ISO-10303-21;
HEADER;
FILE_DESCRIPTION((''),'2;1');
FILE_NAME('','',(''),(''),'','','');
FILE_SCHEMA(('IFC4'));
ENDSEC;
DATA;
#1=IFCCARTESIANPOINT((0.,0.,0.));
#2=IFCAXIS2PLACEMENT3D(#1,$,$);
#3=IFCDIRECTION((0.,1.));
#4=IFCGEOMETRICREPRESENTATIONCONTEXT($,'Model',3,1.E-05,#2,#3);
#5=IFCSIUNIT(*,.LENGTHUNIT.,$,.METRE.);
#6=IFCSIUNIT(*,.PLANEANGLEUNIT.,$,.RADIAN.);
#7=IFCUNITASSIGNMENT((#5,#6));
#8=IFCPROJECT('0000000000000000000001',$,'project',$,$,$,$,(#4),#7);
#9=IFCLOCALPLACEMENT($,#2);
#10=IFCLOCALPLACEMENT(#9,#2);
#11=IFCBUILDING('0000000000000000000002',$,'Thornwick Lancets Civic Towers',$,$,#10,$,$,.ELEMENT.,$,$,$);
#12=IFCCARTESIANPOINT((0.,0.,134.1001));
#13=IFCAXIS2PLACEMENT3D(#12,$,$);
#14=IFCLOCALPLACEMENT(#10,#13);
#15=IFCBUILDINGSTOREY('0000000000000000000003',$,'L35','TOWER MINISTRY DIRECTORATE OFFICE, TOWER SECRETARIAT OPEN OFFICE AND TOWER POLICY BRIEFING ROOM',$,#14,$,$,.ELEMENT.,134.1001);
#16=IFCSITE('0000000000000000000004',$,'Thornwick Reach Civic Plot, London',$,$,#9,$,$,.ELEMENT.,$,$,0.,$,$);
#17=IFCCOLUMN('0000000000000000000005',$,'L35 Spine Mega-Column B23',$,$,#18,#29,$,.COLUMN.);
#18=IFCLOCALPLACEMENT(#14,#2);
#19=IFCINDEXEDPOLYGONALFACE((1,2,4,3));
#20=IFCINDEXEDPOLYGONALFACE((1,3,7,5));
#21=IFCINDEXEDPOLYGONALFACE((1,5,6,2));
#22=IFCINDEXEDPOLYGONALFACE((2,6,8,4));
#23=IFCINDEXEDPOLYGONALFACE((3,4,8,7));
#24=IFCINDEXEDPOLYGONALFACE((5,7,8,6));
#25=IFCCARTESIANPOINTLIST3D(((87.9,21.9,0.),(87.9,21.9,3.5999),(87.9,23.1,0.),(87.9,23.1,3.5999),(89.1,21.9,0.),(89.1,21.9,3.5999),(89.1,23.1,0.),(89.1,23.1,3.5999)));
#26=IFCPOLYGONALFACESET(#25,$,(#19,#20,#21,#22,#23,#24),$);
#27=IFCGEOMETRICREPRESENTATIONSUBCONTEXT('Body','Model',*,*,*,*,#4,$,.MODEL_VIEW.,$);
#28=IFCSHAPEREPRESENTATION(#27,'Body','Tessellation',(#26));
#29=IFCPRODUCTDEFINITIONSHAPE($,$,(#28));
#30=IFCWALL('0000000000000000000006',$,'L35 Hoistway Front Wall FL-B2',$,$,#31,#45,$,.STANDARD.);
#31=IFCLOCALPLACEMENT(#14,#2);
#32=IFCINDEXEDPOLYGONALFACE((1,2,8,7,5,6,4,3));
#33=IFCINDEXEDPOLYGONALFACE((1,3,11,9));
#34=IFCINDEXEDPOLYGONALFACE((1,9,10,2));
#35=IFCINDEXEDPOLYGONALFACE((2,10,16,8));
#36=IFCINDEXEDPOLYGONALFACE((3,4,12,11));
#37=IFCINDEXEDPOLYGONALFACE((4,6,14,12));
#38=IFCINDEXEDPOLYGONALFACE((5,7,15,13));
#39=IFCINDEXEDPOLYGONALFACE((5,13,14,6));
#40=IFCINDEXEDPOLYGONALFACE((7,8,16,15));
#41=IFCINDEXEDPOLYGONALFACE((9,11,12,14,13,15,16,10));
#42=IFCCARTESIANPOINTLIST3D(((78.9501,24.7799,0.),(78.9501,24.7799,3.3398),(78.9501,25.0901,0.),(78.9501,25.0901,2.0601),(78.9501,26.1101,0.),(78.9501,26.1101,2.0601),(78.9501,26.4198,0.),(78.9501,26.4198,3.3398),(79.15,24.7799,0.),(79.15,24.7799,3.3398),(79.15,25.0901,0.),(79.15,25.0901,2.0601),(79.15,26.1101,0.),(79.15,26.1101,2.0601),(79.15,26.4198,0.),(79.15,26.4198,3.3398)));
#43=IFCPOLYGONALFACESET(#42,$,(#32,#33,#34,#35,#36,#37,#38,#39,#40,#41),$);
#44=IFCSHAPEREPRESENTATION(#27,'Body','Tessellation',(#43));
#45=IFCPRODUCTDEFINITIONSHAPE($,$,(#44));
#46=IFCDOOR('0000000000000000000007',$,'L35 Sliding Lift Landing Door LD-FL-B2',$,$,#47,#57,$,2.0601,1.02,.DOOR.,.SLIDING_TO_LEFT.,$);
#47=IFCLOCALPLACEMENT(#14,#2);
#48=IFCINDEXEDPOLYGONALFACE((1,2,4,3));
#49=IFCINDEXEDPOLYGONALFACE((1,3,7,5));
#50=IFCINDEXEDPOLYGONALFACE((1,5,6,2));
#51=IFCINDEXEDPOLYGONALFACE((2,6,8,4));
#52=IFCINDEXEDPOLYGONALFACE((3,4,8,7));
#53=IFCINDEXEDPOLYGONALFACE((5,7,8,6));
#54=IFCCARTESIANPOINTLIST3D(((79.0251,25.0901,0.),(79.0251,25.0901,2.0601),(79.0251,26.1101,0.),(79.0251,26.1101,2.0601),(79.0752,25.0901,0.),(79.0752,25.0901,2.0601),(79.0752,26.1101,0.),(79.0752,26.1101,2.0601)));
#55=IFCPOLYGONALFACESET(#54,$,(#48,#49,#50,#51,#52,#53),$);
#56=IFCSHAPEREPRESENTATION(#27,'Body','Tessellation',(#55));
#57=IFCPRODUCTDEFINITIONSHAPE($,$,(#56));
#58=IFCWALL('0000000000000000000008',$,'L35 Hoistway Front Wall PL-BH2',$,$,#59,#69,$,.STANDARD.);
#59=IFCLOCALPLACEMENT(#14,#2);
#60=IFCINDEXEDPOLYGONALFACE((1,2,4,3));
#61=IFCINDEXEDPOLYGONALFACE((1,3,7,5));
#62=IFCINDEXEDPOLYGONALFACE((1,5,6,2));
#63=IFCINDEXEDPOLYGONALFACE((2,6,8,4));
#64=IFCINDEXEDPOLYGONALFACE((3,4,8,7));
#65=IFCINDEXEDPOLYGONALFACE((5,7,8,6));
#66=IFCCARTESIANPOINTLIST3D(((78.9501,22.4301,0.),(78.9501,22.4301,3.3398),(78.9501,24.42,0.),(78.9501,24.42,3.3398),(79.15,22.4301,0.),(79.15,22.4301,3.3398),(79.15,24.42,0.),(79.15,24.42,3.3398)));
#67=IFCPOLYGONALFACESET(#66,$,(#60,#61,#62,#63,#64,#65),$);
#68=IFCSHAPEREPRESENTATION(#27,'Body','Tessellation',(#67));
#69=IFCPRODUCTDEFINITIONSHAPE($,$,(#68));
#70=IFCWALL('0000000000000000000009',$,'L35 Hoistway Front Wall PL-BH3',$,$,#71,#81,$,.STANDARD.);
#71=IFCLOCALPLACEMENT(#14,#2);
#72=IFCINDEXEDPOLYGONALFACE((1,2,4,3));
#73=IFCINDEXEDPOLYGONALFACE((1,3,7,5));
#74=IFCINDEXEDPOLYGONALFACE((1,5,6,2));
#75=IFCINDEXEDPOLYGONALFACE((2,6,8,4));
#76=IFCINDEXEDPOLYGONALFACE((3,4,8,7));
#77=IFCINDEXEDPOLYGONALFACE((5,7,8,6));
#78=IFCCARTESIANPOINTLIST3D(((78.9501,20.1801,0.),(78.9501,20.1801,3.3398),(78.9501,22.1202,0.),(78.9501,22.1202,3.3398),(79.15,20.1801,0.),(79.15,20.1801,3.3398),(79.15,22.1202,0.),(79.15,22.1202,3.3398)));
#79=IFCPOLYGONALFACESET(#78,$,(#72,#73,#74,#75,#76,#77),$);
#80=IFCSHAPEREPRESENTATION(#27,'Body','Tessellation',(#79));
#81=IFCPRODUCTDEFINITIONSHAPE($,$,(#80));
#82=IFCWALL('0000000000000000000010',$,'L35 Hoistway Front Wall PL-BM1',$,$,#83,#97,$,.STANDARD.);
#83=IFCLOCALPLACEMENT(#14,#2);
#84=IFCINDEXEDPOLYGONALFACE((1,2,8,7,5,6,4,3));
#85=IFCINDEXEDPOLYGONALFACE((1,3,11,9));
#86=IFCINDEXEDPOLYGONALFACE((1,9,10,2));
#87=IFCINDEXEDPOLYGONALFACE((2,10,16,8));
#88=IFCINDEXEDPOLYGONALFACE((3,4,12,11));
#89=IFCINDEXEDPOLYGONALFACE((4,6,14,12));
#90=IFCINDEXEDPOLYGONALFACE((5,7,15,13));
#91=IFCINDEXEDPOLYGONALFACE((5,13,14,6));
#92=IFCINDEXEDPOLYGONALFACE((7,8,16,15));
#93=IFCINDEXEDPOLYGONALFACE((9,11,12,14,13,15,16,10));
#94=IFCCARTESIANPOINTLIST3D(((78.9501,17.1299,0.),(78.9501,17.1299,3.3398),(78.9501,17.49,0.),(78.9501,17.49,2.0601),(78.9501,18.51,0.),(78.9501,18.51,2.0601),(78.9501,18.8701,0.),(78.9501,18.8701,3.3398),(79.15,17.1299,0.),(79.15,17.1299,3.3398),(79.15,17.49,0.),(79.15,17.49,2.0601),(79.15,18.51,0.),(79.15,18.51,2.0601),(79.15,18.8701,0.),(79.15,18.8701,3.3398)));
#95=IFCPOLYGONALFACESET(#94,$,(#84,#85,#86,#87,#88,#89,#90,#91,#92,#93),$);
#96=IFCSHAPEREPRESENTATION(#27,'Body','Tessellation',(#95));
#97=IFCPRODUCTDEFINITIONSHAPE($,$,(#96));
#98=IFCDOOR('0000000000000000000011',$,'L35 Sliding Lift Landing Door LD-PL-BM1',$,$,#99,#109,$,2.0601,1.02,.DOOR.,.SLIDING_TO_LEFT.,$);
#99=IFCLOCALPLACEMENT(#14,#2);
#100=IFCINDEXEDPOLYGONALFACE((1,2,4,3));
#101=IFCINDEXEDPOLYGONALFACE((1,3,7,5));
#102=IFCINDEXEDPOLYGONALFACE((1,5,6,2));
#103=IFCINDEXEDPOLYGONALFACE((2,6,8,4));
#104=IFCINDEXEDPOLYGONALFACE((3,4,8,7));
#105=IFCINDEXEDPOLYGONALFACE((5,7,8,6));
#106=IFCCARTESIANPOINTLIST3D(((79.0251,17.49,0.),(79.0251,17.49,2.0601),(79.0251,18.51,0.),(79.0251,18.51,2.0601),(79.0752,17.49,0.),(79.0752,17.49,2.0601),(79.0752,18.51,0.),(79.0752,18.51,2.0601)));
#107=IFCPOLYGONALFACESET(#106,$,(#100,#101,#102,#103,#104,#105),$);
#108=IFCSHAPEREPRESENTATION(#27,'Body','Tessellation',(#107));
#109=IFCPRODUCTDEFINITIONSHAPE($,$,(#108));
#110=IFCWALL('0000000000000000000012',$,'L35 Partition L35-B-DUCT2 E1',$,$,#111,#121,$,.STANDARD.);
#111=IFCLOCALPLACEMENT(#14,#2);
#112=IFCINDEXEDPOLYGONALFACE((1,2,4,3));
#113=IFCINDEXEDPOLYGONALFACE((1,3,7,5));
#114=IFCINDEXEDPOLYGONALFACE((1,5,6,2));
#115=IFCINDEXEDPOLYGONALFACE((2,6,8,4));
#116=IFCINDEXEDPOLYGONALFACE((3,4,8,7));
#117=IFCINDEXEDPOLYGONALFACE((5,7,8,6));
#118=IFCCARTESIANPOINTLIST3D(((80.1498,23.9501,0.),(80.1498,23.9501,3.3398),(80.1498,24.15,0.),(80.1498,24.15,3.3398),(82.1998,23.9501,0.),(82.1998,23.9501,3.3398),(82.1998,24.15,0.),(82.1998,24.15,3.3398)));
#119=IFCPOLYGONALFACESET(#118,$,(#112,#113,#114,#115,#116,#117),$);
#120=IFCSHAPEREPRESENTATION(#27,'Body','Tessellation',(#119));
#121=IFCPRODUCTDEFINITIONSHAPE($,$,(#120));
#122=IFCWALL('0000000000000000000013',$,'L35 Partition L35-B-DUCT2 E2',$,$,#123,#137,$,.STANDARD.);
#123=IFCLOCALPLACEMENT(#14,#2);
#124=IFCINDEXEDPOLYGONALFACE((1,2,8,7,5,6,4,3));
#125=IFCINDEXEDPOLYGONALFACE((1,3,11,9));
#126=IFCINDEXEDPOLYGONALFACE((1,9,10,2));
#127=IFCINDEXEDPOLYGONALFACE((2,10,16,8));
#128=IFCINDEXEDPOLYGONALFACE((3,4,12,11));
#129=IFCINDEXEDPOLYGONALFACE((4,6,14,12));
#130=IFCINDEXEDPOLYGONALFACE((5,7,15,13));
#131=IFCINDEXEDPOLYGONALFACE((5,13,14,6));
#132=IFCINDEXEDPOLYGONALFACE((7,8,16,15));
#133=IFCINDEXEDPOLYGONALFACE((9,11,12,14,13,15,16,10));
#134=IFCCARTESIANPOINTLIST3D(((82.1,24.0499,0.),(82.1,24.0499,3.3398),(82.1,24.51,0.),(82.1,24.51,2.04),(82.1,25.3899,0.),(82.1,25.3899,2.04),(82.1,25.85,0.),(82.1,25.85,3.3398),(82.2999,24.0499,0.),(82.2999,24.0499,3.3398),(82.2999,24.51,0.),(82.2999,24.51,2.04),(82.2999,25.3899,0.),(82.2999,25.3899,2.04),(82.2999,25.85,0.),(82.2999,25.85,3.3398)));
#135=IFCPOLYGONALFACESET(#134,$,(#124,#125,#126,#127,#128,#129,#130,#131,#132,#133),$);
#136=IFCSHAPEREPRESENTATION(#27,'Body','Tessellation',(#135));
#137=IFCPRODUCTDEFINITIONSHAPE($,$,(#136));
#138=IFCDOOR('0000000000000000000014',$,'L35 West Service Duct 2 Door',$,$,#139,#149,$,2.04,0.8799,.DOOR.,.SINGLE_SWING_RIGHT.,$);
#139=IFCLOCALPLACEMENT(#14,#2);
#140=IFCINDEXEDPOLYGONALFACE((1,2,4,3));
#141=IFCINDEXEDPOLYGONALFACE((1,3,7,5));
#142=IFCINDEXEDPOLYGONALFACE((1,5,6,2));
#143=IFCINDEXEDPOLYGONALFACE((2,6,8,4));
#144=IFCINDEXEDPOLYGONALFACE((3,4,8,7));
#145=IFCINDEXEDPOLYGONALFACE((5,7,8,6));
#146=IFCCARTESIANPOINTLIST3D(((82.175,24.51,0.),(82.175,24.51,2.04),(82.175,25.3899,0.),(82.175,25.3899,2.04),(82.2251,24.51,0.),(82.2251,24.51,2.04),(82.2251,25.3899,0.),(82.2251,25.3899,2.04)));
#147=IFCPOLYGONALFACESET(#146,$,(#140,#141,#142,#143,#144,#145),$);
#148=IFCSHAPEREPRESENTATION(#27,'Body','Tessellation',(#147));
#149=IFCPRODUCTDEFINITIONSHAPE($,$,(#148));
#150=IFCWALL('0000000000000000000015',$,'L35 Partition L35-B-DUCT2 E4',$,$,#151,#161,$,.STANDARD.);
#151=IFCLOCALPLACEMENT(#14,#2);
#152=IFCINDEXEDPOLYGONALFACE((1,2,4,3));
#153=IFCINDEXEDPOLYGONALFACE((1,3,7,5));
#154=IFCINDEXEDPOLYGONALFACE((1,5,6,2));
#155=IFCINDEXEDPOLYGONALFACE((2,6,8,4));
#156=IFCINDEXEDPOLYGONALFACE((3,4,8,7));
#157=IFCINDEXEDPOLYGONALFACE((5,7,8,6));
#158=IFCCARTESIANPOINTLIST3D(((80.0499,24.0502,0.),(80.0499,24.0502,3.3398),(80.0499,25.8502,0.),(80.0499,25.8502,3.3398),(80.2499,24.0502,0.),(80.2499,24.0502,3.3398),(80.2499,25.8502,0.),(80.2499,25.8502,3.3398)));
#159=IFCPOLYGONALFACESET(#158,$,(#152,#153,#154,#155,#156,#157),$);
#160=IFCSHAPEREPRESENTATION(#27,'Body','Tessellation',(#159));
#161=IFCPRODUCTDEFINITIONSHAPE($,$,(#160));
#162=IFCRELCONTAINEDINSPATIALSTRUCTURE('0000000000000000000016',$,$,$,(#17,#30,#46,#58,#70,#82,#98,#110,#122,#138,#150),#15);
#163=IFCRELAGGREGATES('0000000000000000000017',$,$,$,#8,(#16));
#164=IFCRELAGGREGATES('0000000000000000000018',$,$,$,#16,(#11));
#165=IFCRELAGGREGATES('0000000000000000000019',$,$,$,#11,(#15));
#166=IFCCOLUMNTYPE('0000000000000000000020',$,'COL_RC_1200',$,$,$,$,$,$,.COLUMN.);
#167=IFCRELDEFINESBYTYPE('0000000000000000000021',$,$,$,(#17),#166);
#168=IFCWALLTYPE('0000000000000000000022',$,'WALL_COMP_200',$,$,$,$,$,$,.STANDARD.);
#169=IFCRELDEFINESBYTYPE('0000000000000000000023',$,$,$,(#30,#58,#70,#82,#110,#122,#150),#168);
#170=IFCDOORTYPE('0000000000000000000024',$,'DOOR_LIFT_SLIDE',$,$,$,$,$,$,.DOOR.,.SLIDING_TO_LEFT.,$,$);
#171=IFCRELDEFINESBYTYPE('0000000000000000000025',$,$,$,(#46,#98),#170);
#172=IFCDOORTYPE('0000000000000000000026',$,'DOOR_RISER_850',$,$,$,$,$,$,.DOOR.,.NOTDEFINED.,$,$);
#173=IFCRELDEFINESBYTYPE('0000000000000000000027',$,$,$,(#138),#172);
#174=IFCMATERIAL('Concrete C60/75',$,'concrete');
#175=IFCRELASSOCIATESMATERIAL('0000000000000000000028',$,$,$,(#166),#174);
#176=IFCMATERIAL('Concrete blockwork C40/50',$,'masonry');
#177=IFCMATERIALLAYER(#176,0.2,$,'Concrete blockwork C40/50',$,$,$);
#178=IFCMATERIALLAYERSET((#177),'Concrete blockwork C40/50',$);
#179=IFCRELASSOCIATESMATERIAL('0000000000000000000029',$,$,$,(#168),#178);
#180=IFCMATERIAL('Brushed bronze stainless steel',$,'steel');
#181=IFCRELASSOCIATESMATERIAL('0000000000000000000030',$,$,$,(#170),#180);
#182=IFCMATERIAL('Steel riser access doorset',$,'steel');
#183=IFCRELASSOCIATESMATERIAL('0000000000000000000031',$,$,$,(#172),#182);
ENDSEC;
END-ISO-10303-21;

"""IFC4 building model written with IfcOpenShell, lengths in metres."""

from ifc_helpers import new_model, si_unit, direction, frame, frame_2d, origin, origin_2d, place, context, subcontext, project, spatial, rectangle, extrude, material, layer, layer_set, material_profile, profile_set, type_object, element, fill, save


model = new_model("IFC4")

# Units and contexts
model_context = context("Model", 3, precision=1e-05, world=origin(), true_north=direction((0.0, 1.0)))
body_context = subcontext(model_context, "Body", "Model", "MODEL_VIEW")
ifc_project = project(units=[si_unit("LENGTHUNIT", "METRE"), si_unit("PLANEANGLEUNIT", "RADIAN")], contexts=[model_context])

# Site, building, storey
site_placement = place(None, origin())
site = spatial("IfcSite", under=ifc_project, at=site_placement, Name="Thornwick Reach Civic Plot, London", CompositionType="ELEMENT", RefElevation=0.0)
building_placement = place(site_placement, origin())
building = spatial("IfcBuilding", under=site, at=building_placement, Name="Thornwick Lancets Civic Towers", CompositionType="ELEMENT")
storey_placement = place(building_placement, frame((0.0, 0.0, 134.1001)))
storey = spatial("IfcBuildingStorey", under=building, at=storey_placement, Name="L35", Description="TOWER MINISTRY DIRECTORATE OFFICE, TOWER SECRETARIAT OPEN OFFICE AND TOWER POLICY BRIEFING ROOM", CompositionType="ELEMENT", Elevation=134.1001)

# Column
ifc_material_1 = material(Name="Concrete C60/75", Category="concrete")
ifc_material_profile = material_profile(ifc_material_1, rectangle(XDim=1.2, YDim=1.2, at=origin_2d()), Name="RC 1200x1200")
ifc_profile_set = profile_set([ifc_material_profile], Name="Concrete C60/75")
column_type = type_object("IfcColumnType", Name="COL_RC_1200", PredefinedType="COLUMN", material=ifc_profile_set)
column_placement = place(storey_placement, frame((88.5, 22.5, 0.0), z_axis=(0.0, 0.0, 1.0), x_axis=(1.0, 0.0, 0.0)))
element("IfcColumn", 1, at=column_placement, inside=storey, type_object=column_type, Name="L35 Spine Mega-Column B23", PredefinedType="COLUMN", context=body_context, shape_type="SweptSolid", body=[
    extrude(rectangle(XDim=1.2, YDim=1.2, at=origin_2d()), origin(), (0.0, 0.0, 1.0), 3.5999),
])

# Wall, opening, door
ifc_material_2 = material(Name="Concrete blockwork C40/50", Category="masonry")
ifc_layer_1 = layer(ifc_material_2, 0.2, Name="Concrete blockwork C40/50")
ifc_layer_set_1 = layer_set([ifc_layer_1], Name="Concrete blockwork C40/50")
wall_type_1 = type_object("IfcWallType", Name="WALL_COMP_200", PredefinedType="STANDARD", material=ifc_layer_set_1)
wall_1_placement = place(storey_placement, frame((79.05, 24.78, 0.0), z_axis=(0.0, 0.0, 1.0), x_axis=(0.0, 1.0, 0.0)))
wall_1 = element("IfcWall", 2, at=wall_1_placement, inside=storey, type_object=wall_type_1, Name="L35 Hoistway Front Wall FL-B2", PredefinedType="STANDARD", context=body_context, shape_type="SweptSolid", body=[
    extrude(rectangle(XDim=1.6399, YDim=0.2, at=frame_2d((0.8198, 0.0))), origin(), (0.0, 0.0, 1.0), 3.3398),
])
opening_1_placement = place(wall_1_placement, frame((0.3101, 0.0, 0.0)))
opening_1 = element("IfcOpeningElement", 3, at=opening_1_placement, cuts=wall_1, PredefinedType="OPENING", context=body_context, shape_type="SweptSolid", body=[
    extrude(rectangle(XDim=1.02, YDim=2.0601, at=frame_2d((0.51, 1.03))), frame((0.0, 0.1099, 0.0), z_axis=(0.0, -1.0, 0.0), x_axis=(1.0, 0.0, 0.0)), (0.0, 0.0, 1.0), 0.22),
])
ifc_material_3 = material(Name="Brushed bronze stainless steel", Category="steel")
door_type_1 = type_object("IfcDoorType", Name="DOOR_LIFT_SLIDE", OperationType="SLIDING_TO_LEFT", PredefinedType="DOOR", material=ifc_material_3)
door_1_placement = place(opening_1_placement, origin())
door_1 = element("IfcDoor", 4, at=door_1_placement, inside=storey, type_object=door_type_1, Name="L35 Sliding Lift Landing Door LD-FL-B2", OperationType="SLIDING_TO_LEFT", OverallHeight=2.0601, OverallWidth=1.02, PredefinedType="DOOR", context=body_context, shape_type="SweptSolid", body=[
    extrude(rectangle(XDim=1.02, YDim=2.0601, at=frame_2d((0.51, 1.03))), frame((0.0, 0.0249, 0.0), z_axis=(0.0, -1.0, 0.0), x_axis=(1.0, 0.0, 0.0)), (0.0, 0.0, 1.0), 0.05),
])
fill(opening_1, door_1)

# Walls
wall_2_placement = place(storey_placement, frame((79.05, 22.4299, 0.0), z_axis=(0.0, 0.0, 1.0), x_axis=(0.0, 1.0, 0.0)))
element("IfcWall", 5, at=wall_2_placement, inside=storey, type_object=wall_type_1, Name="L35 Hoistway Front Wall PL-BH2", PredefinedType="STANDARD", context=body_context, shape_type="SweptSolid", body=[
    extrude(rectangle(XDim=1.99, YDim=0.2, at=frame_2d((0.9951, 0.0))), origin(), (0.0, 0.0, 1.0), 3.3398),
])
wall_3_placement = place(storey_placement, frame((79.05, 20.1799, 0.0), z_axis=(0.0, 0.0, 1.0), x_axis=(0.0, 1.0, 0.0)))
element("IfcWall", 6, at=wall_3_placement, inside=storey, type_object=wall_type_1, Name="L35 Hoistway Front Wall PL-BH3", PredefinedType="STANDARD", context=body_context, shape_type="SweptSolid", body=[
    extrude(rectangle(XDim=1.9402, YDim=0.2, at=frame_2d((0.9702, 0.0))), origin(), (0.0, 0.0, 1.0), 3.3398),
])

# Wall, opening, door
wall_4_placement = place(storey_placement, frame((79.05, 17.1299, 0.0), z_axis=(0.0, 0.0, 1.0), x_axis=(0.0, 1.0, 0.0)))
wall_4 = element("IfcWall", 7, at=wall_4_placement, inside=storey, type_object=wall_type_1, Name="L35 Hoistway Front Wall PL-BM1", PredefinedType="STANDARD", context=body_context, shape_type="SweptSolid", body=[
    extrude(rectangle(XDim=1.7402, YDim=0.2, at=frame_2d((0.8701, 0.0))), origin(), (0.0, 0.0, 1.0), 3.3398),
])
opening_2_placement = place(wall_4_placement, frame((0.3601, 0.0, 0.0)))
opening_2 = element("IfcOpeningElement", 8, at=opening_2_placement, cuts=wall_4, PredefinedType="OPENING", context=body_context, shape_type="SweptSolid", body=[
    extrude(rectangle(XDim=1.02, YDim=2.0601, at=frame_2d((0.51, 1.03))), frame((0.0, 0.1099, 0.0), z_axis=(0.0, -1.0, 0.0), x_axis=(1.0, 0.0, 0.0)), (0.0, 0.0, 1.0), 0.22),
])
door_2_placement = place(opening_2_placement, origin())
door_2 = element("IfcDoor", 9, at=door_2_placement, inside=storey, type_object=door_type_1, Name="L35 Sliding Lift Landing Door LD-PL-BM1", OperationType="SLIDING_TO_LEFT", OverallHeight=2.0601, OverallWidth=1.02, PredefinedType="DOOR", context=body_context, shape_type="SweptSolid", body=[
    extrude(rectangle(XDim=1.02, YDim=2.0601, at=frame_2d((0.51, 1.03))), frame((0.0, 0.0249, 0.0), z_axis=(0.0, -1.0, 0.0), x_axis=(1.0, 0.0, 0.0)), (0.0, 0.0, 1.0), 0.05),
])
fill(opening_2, door_2)

# Wall
wall_5_placement = place(storey_placement, frame((80.1499, 24.05, 0.0), z_axis=(0.0, 0.0, 1.0), x_axis=(1.0, 0.0, 0.0)))
element("IfcWall", 10, at=wall_5_placement, inside=storey, type_object=wall_type_1, Name="L35 Partition L35-B-DUCT2 E1", PredefinedType="STANDARD", context=body_context, shape_type="SweptSolid", body=[
    extrude(rectangle(XDim=2.05, YDim=0.2, at=frame_2d((1.0249, 0.0))), origin(), (0.0, 0.0, 1.0), 3.3398),
])

# Wall, opening, door
wall_6_placement = place(storey_placement, frame((82.2, 24.05, 0.0), z_axis=(0.0, 0.0, 1.0), x_axis=(0.0, 1.0, 0.0)))
wall_6 = element("IfcWall", 11, at=wall_6_placement, inside=storey, type_object=wall_type_1, Name="L35 Partition L35-B-DUCT2 E2", PredefinedType="STANDARD", context=body_context, shape_type="SweptSolid", body=[
    extrude(rectangle(XDim=1.8, YDim=0.2, at=frame_2d((0.8999, 0.0))), origin(), (0.0, 0.0, 1.0), 3.3398),
])
opening_3_placement = place(wall_6_placement, frame((0.46, 0.0, 0.0)))
opening_3 = element("IfcOpeningElement", 12, at=opening_3_placement, cuts=wall_6, PredefinedType="OPENING", context=body_context, shape_type="SweptSolid", body=[
    extrude(rectangle(XDim=0.8799, YDim=2.04, at=frame_2d((0.4399, 1.02))), frame((0.0, 0.1099, 0.0), z_axis=(0.0, -1.0, 0.0), x_axis=(1.0, 0.0, 0.0)), (0.0, 0.0, 1.0), 0.22),
])
ifc_material_4 = material(Name="Steel riser access doorset", Category="steel")
door_type_2 = type_object("IfcDoorType", Name="DOOR_RISER_850", OperationType="NOTDEFINED", PredefinedType="DOOR", material=ifc_material_4)
door_3_placement = place(opening_3_placement, origin())
door_3 = element("IfcDoor", 13, at=door_3_placement, inside=storey, type_object=door_type_2, Name="L35 West Service Duct 2 Door", OperationType="SINGLE_SWING_RIGHT", OverallHeight=2.04, OverallWidth=0.8799, PredefinedType="DOOR", context=body_context, shape_type="SweptSolid", body=[
    extrude(rectangle(XDim=0.8799, YDim=2.04, at=frame_2d((0.4399, 1.02))), frame((0.0, 0.0249, 0.0), z_axis=(0.0, -1.0, 0.0), x_axis=(1.0, 0.0, 0.0)), (0.0, 0.0, 1.0), 0.05),
])
fill(opening_3, door_3)

# Wall
wall_7_placement = place(storey_placement, frame((80.1499, 25.8501, 0.0), z_axis=(0.0, 0.0, 1.0), x_axis=(0.0, -1.0, 0.0)))
element("IfcWall", 14, at=wall_7_placement, inside=storey, type_object=wall_type_1, Name="L35 Partition L35-B-DUCT2 E4", PredefinedType="STANDARD", context=body_context, shape_type="SweptSolid", body=[
    extrude(rectangle(XDim=1.8, YDim=0.2, at=frame_2d((0.8999, 0.0))), origin(), (0.0, 0.0, 1.0), 3.3398),
])

save(model, "model.ifc")
